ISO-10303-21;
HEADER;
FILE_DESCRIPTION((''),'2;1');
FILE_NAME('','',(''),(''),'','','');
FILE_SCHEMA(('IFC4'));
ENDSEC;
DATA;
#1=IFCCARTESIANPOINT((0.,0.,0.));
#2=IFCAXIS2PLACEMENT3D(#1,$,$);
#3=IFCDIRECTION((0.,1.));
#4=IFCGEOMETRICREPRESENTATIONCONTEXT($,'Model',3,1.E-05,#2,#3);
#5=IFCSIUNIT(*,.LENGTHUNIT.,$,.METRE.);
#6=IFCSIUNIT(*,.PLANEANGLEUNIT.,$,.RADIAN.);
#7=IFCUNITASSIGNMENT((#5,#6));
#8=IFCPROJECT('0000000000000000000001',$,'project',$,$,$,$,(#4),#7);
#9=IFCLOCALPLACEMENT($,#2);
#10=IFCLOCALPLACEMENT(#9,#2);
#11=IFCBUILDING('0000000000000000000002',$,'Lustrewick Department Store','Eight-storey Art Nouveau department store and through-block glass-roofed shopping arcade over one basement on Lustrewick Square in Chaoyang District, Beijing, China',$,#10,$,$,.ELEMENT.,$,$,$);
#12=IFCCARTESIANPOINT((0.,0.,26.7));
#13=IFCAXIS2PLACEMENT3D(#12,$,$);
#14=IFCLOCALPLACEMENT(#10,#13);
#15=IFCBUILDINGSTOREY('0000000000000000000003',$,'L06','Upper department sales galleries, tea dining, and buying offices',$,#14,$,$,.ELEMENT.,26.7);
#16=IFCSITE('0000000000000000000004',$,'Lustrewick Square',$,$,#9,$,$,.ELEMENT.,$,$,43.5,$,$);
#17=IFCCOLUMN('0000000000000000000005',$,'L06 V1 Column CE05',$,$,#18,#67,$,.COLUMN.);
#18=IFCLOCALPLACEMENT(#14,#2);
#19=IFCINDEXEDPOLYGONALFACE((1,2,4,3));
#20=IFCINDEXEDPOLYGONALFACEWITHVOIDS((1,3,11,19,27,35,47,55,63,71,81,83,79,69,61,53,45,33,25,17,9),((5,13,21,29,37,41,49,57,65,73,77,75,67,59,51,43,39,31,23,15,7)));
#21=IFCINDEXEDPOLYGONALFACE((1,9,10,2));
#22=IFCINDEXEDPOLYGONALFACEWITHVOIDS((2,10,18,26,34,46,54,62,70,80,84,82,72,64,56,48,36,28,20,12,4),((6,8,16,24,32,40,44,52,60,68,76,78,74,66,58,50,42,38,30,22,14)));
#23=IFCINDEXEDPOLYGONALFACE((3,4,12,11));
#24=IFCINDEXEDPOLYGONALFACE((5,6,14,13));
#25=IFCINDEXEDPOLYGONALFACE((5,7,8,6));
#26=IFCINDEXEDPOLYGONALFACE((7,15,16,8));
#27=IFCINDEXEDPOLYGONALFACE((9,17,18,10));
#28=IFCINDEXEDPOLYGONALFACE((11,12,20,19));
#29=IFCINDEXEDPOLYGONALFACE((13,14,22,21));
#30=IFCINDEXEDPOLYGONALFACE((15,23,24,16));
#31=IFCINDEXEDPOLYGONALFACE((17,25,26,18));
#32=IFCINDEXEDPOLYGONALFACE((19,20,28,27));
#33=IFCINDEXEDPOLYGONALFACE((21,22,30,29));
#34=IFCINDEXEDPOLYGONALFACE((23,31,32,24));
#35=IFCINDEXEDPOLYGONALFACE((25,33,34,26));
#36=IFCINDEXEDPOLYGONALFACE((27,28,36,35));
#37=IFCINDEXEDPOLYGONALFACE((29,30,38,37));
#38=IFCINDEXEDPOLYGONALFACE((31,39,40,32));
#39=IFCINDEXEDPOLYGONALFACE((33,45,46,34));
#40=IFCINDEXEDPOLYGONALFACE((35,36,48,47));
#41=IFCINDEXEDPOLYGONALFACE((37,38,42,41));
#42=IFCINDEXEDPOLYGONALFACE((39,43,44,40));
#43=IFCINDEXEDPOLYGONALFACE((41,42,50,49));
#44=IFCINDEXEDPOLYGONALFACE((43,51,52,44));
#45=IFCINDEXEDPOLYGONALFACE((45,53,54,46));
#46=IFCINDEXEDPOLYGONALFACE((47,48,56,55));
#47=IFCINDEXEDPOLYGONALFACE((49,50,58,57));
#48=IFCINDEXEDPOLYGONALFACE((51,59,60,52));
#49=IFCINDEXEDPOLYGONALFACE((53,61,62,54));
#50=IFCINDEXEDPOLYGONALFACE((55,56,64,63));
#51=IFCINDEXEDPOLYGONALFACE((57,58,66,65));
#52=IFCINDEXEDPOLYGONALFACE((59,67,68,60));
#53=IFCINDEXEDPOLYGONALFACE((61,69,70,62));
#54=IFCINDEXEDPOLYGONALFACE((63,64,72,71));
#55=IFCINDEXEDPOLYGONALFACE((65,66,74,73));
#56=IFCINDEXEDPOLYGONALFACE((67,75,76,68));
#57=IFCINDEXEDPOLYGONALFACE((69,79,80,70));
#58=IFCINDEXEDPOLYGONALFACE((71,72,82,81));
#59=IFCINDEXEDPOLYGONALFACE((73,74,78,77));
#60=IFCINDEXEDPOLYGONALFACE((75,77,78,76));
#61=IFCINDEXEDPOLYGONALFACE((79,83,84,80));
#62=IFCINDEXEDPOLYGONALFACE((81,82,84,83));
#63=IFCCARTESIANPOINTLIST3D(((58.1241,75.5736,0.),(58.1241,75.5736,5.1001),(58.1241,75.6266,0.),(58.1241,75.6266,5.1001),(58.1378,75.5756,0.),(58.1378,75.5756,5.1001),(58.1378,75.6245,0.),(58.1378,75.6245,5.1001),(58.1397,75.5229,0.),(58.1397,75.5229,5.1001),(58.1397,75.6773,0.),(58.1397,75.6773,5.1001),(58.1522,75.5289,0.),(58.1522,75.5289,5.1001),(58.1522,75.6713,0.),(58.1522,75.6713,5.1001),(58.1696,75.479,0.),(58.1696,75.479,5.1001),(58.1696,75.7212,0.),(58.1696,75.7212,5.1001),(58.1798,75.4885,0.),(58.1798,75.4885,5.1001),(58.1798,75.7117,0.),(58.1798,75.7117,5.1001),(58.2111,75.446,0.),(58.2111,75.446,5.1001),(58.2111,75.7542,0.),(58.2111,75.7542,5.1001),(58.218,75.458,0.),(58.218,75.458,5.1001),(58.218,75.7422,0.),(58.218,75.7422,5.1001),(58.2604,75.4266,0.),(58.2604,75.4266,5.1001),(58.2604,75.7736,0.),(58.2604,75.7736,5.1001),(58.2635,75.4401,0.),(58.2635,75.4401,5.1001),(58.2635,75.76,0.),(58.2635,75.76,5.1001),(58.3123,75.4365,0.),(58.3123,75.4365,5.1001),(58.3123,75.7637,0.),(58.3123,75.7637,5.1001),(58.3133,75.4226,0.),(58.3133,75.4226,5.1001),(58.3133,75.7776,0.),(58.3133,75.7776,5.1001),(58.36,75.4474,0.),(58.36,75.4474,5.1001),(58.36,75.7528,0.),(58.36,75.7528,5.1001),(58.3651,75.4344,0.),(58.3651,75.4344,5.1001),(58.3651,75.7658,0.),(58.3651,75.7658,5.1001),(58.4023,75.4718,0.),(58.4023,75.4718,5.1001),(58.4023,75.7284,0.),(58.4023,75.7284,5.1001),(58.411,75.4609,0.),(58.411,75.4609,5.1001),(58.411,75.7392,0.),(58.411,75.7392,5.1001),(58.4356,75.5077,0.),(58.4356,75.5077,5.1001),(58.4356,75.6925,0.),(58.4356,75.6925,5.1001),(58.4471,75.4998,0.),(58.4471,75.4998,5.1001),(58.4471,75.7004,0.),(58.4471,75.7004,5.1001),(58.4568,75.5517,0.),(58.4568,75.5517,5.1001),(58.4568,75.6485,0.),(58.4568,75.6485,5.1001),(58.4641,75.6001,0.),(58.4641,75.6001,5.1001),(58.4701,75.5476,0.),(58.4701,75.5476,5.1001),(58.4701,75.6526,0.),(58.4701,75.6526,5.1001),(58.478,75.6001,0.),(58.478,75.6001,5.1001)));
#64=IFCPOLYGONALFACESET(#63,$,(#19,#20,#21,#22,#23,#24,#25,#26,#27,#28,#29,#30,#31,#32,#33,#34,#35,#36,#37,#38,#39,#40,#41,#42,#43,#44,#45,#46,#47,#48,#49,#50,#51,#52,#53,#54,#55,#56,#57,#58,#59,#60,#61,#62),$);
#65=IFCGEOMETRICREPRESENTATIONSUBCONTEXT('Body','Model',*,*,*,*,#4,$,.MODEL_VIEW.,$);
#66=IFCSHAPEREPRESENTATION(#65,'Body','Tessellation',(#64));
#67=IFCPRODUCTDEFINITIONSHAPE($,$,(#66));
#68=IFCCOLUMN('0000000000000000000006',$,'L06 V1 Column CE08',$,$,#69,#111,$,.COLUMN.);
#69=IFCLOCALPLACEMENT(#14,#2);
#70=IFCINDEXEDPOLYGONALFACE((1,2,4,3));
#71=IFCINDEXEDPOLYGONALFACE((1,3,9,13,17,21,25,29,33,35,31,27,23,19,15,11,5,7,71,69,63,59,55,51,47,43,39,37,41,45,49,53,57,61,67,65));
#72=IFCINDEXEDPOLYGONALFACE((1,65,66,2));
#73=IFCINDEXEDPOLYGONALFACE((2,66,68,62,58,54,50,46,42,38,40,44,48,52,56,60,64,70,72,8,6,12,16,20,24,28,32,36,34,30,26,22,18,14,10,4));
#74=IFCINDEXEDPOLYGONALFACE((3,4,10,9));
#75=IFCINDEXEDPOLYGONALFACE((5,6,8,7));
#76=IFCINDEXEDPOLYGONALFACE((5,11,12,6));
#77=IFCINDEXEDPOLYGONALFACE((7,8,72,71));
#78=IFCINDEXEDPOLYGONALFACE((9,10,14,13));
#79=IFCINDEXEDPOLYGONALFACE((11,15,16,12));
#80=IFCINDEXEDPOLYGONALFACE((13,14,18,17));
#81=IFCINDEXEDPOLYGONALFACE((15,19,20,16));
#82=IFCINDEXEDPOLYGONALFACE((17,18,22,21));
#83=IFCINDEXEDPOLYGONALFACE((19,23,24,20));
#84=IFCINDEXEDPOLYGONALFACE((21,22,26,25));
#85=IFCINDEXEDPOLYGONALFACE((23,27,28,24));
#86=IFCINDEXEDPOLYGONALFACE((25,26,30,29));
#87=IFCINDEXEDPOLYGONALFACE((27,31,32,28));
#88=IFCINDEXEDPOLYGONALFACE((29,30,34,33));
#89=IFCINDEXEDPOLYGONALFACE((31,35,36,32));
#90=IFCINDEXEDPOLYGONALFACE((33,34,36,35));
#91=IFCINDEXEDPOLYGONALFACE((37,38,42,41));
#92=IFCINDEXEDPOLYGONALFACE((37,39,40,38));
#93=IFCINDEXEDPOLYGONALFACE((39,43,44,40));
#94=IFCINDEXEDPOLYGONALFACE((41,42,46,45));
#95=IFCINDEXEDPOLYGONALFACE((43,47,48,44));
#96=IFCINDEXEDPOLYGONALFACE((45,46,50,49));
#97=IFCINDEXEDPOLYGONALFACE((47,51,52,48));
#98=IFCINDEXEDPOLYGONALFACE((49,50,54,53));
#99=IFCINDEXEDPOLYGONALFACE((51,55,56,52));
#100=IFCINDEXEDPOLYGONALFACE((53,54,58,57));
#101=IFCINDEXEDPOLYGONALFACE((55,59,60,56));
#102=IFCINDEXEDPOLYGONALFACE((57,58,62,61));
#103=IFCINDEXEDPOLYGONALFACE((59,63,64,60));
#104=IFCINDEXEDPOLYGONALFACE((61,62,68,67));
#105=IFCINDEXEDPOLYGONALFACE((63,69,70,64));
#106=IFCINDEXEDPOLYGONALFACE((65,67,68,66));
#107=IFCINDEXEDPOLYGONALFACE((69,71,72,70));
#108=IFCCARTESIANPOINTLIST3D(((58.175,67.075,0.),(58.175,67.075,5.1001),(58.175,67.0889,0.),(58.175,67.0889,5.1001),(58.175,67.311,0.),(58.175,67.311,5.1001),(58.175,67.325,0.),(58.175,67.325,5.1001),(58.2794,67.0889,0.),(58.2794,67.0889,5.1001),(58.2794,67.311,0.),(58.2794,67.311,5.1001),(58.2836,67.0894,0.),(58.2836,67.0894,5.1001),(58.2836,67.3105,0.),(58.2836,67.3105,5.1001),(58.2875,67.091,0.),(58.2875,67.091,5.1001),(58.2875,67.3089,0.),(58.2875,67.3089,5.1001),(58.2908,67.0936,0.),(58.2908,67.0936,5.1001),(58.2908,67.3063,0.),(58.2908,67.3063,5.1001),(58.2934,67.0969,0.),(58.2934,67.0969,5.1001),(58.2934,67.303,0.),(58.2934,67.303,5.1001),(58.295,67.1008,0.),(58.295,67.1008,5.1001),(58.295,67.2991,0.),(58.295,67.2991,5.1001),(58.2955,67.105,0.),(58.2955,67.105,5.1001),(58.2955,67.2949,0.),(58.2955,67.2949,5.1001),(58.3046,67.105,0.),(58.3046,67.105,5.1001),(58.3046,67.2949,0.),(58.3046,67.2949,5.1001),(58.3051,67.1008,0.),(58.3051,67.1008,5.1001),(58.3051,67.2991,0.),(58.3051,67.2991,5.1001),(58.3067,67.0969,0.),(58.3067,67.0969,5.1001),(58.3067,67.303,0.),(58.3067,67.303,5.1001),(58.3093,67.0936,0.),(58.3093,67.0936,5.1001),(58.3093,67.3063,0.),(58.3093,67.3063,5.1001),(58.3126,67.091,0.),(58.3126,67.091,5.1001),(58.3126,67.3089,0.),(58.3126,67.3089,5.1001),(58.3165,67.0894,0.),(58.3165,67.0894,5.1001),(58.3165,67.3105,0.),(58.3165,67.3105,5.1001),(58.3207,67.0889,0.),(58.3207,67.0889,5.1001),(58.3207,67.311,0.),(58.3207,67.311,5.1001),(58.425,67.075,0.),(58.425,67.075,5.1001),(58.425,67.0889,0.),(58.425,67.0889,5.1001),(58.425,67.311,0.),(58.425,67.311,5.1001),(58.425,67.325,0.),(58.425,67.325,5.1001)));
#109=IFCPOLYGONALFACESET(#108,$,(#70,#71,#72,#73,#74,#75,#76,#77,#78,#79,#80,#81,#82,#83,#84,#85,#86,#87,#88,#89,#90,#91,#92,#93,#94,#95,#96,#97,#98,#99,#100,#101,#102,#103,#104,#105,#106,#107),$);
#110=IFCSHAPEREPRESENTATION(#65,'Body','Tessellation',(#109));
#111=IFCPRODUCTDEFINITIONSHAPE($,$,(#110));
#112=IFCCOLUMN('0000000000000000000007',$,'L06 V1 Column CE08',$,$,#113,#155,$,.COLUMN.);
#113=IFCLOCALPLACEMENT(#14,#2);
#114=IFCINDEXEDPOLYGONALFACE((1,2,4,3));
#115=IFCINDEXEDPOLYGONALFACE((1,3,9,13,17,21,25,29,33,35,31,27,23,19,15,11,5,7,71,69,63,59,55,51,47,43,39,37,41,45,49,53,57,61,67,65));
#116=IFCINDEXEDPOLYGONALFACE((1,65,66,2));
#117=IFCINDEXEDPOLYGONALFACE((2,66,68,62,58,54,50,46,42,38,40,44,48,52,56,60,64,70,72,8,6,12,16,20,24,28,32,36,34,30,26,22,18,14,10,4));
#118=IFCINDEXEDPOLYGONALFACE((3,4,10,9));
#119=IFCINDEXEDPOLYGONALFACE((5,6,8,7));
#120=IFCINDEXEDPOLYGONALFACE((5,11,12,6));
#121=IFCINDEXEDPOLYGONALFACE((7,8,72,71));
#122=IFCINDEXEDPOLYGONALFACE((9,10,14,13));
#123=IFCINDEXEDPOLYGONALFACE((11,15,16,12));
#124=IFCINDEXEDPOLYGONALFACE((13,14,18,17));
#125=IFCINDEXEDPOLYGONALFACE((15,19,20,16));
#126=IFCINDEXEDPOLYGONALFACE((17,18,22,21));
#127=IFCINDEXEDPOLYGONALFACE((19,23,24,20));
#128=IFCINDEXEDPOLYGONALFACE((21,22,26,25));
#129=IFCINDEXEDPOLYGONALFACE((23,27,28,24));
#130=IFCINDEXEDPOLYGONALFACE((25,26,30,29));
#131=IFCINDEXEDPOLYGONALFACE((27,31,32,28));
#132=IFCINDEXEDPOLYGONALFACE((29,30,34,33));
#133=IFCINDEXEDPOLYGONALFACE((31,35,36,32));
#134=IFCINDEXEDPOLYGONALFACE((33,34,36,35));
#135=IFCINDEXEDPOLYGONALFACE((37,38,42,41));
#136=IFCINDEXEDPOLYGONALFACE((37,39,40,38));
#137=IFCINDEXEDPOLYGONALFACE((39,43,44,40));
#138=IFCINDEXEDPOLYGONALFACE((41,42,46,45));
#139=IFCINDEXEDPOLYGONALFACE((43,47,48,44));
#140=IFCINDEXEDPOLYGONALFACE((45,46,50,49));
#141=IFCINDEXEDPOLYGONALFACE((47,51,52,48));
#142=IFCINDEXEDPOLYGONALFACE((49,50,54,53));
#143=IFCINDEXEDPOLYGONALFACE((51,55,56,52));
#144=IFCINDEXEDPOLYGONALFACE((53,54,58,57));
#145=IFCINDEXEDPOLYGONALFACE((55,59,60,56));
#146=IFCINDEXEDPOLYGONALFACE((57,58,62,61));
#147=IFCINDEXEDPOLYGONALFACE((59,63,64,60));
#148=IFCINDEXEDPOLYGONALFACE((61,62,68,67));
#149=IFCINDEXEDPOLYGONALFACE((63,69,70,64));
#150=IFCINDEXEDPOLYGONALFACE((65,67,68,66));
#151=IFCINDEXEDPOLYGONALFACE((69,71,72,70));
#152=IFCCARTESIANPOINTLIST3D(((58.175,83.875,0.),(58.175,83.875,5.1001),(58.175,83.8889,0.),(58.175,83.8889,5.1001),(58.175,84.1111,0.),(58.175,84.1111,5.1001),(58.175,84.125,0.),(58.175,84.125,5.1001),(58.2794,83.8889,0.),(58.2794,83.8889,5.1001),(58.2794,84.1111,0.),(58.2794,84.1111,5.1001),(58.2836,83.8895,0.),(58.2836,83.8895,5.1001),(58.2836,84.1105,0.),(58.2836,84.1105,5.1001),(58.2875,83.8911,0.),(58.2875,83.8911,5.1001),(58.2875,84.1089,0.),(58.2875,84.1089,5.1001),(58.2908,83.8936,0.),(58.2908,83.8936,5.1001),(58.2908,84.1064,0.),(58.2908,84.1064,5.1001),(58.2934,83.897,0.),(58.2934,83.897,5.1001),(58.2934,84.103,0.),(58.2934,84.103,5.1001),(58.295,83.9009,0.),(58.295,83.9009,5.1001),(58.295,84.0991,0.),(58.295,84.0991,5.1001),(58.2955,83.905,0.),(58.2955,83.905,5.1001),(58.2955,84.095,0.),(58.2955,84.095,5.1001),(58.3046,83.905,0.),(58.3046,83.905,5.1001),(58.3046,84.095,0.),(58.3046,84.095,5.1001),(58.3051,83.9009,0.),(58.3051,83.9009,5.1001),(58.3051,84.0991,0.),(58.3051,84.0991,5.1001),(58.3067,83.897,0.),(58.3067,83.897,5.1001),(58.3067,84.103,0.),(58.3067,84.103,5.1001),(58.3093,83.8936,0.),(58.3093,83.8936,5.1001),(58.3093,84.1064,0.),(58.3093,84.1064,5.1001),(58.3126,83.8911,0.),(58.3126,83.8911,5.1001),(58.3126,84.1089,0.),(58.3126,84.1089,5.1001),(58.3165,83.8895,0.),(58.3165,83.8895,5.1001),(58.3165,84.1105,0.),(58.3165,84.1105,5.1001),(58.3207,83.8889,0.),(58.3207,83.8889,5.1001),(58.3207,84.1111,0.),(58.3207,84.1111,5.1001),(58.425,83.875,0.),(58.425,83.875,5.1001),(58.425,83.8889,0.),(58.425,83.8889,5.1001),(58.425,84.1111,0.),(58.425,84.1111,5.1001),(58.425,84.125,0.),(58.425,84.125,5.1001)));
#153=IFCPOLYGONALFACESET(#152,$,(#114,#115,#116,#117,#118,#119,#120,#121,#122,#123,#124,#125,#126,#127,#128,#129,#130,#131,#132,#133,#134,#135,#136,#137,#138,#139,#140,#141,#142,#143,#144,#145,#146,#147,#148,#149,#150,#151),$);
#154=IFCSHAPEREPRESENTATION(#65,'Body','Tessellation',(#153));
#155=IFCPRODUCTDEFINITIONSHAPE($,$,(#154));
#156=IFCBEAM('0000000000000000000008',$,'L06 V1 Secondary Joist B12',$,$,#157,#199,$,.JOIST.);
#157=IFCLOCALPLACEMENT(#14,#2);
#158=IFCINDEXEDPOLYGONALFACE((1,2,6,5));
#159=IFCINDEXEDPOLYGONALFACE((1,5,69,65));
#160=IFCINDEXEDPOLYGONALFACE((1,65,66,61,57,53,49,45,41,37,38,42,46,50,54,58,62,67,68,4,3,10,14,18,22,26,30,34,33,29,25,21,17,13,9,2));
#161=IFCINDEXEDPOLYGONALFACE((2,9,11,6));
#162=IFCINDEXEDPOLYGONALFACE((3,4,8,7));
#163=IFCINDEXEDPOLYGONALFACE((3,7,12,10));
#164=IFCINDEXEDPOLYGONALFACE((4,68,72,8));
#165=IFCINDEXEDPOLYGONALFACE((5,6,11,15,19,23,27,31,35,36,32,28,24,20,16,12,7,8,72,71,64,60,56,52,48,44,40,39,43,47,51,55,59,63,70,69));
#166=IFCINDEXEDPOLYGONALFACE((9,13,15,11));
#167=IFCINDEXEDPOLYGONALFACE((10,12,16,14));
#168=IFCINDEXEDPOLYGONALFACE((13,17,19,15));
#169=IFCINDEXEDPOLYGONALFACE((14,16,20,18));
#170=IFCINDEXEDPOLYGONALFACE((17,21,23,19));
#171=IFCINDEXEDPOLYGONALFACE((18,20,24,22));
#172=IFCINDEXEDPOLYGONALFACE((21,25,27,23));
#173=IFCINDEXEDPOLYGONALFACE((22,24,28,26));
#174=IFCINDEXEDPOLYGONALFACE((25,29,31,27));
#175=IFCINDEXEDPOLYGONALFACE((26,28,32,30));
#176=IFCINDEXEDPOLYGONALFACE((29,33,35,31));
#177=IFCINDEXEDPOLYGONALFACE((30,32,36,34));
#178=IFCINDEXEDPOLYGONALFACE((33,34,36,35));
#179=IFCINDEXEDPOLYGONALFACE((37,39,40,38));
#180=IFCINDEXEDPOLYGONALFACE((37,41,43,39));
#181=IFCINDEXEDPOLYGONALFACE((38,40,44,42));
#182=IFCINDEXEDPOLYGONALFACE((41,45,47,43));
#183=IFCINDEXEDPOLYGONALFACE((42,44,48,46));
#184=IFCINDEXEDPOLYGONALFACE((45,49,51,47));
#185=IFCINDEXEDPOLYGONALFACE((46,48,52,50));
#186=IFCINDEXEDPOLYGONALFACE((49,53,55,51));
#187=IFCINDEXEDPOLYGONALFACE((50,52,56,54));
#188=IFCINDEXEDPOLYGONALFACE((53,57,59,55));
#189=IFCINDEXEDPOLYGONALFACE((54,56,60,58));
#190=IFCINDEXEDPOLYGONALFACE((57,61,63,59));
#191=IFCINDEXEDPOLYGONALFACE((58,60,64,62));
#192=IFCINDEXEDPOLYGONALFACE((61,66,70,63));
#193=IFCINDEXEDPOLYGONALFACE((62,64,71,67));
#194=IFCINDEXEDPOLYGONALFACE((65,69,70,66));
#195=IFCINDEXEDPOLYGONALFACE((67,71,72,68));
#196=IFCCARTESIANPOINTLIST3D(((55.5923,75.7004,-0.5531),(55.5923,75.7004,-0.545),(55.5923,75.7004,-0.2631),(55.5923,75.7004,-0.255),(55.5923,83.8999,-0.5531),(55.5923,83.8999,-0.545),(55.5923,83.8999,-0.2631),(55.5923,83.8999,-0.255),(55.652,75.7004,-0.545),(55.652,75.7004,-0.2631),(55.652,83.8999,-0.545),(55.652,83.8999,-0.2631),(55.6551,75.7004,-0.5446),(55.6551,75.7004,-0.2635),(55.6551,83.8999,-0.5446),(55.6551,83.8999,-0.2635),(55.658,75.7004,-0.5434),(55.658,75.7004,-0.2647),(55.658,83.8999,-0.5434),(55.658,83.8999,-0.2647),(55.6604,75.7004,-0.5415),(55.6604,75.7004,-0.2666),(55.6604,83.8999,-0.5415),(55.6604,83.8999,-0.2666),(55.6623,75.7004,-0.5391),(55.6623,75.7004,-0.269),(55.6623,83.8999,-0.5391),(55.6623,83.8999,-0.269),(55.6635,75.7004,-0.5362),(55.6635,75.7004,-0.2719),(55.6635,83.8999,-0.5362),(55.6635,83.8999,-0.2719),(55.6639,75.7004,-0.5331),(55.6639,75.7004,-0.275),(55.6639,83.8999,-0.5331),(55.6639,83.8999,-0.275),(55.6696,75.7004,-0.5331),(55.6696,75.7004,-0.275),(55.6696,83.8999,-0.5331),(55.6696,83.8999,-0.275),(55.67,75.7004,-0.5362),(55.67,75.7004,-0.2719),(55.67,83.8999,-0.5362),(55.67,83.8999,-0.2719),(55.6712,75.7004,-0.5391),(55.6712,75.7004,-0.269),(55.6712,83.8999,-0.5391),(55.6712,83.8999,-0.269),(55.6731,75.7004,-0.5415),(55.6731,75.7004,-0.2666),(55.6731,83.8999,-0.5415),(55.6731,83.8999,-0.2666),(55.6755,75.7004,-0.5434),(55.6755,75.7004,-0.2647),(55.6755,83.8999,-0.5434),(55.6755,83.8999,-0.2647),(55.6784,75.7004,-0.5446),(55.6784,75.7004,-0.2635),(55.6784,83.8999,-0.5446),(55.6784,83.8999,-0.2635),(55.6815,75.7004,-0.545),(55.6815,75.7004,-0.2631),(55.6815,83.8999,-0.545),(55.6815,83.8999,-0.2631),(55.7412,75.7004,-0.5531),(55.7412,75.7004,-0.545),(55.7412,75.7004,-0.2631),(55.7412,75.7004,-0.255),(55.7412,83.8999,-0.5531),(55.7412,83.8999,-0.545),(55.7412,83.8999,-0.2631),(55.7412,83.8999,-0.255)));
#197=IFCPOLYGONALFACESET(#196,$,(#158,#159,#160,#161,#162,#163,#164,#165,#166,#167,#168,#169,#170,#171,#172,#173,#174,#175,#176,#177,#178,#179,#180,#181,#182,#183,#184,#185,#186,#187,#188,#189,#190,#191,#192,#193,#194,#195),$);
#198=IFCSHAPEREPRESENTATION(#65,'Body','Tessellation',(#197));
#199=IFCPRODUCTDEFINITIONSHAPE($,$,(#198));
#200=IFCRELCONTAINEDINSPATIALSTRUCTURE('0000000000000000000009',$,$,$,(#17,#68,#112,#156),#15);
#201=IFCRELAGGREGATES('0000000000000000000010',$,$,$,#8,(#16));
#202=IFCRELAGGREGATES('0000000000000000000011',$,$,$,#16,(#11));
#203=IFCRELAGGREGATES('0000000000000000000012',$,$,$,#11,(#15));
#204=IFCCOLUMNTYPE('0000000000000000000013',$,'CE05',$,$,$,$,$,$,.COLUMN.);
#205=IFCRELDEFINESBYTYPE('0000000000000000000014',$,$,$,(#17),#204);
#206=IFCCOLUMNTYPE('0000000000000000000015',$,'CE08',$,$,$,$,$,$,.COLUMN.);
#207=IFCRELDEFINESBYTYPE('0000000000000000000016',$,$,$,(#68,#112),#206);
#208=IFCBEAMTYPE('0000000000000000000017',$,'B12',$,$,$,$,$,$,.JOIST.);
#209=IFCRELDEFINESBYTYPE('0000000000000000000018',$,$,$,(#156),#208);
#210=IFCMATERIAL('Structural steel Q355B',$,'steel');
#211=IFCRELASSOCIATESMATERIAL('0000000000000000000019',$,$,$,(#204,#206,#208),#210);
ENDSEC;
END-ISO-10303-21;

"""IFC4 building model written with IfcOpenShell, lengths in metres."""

from ifc_helpers import new_model, si_unit, direction, frame, origin, origin_2d, place, context, subcontext, project, spatial, hollow_circle, i_section, extrude, material, material_profile, profile_set, type_object, element, save


model = new_model("IFC4")

# Units and contexts
model_context = context("Model", 3, precision=1e-05, world=origin(), true_north=direction((0.0, 1.0)))
body_context = subcontext(model_context, "Body", "Model", "MODEL_VIEW")
ifc_project = project(units=[si_unit("LENGTHUNIT", "METRE"), si_unit("PLANEANGLEUNIT", "RADIAN")], contexts=[model_context])

# Site, building, storey
site_placement = place(None, origin())
site = spatial("IfcSite", under=ifc_project, at=site_placement, Name="Lustrewick Square", CompositionType="ELEMENT", RefElevation=43.5)
building_placement = place(site_placement, origin())
building = spatial("IfcBuilding", under=site, at=building_placement, Name="Lustrewick Department Store", Description="Eight-storey Art Nouveau department store and through-block glass-roofed shopping arcade over one basement on Lustrewick Square in Chaoyang District, Beijing, China", CompositionType="ELEMENT")
storey_placement = place(building_placement, frame((0.0, 0.0, 26.7)))
storey = spatial("IfcBuildingStorey", under=building, at=storey_placement, Name="L06", Description="Upper department sales galleries, tea dining, and buying offices", CompositionType="ELEMENT", Elevation=26.7)

# Columns
ifc_material_1 = material(Name="Structural steel Q355B", Category="steel")
ifc_material_profile_1 = material_profile(ifc_material_1, hollow_circle(Radius=0.178, WallThickness=0.0139, at=origin_2d()), Name="CHS 356x14")
ifc_profile_set_1 = profile_set([ifc_material_profile_1], Name="Structural steel Q355B")
column_type_1 = type_object("IfcColumnType", Name="CE05", PredefinedType="COLUMN", material=ifc_profile_set_1)
column_placement = place(storey_placement, frame((58.3, 75.6001, 0.0), z_axis=(0.0, 0.0, 1.0), x_axis=(1.0, 0.0, 0.0)))
element("IfcColumn", 1, at=column_placement, inside=storey, type_object=column_type_1, Name="L06 V1 Column CE05", PredefinedType="COLUMN", context=body_context, shape_type="SweptSolid", body=[
    extrude(hollow_circle(Radius=0.178, WallThickness=0.0139, at=origin_2d()), origin(), (0.0, 0.0, 1.0), 5.1001),
])
ifc_material_profile_2 = material_profile(ifc_material_1, i_section(OverallWidth=0.25, OverallDepth=0.25, WebThickness=0.009, FlangeThickness=0.0139, FilletRadius=0.0161, at=origin_2d()), Name="HW 250x250x9x14")
ifc_profile_set_2 = profile_set([ifc_material_profile_2], Name="Structural steel Q355B")
column_type_2 = type_object("IfcColumnType", Name="CE08", PredefinedType="COLUMN", material=ifc_profile_set_2)
for number, where, z_axis, x_axis, name in (
    (2, (58.3, 67.2, 0.0), (0.0, 0.0, 1.0), (1.0, 0.0, 0.0), "L06 V1 Column CE08"),
    (3, (58.3, 84.0, 0.0), (0.0, 0.0, 1.0), (1.0, 0.0, 0.0), "L06 V1 Column CE08"),
):
    element("IfcColumn", number, at=place(storey_placement, frame(where, z_axis=z_axis, x_axis=x_axis)), inside=storey, type_object=column_type_2, Name=name, PredefinedType="COLUMN", context=body_context, shape_type="SweptSolid", body=[
        extrude(i_section(OverallWidth=0.25, OverallDepth=0.25, WebThickness=0.009, FlangeThickness=0.0139, FilletRadius=0.0161, at=origin_2d()), origin(), (0.0, 0.0, 1.0), 5.1001),
    ])

# Beam
ifc_material_profile_3 = material_profile(ifc_material_1, i_section(OverallWidth=0.1489, OverallDepth=0.2981, WebThickness=0.0056, FlangeThickness=0.0081, FilletRadius=0.012, at=origin_2d()), Name="HN 298x149x5.5x8")
ifc_profile_set_3 = profile_set([ifc_material_profile_3], Name="Structural steel Q355B")
beam_type_1 = type_object("IfcBeamType", Name="B12", PredefinedType="JOIST", material=ifc_profile_set_3)
beam_1_placement = place(storey_placement, frame((55.6667, 75.7004, -0.4041), z_axis=(0.0, 1.0, 0.0), x_axis=(-1.0, 0.0, 0.0)))
element("IfcBeam", 4, at=beam_1_placement, inside=storey, type_object=beam_type_1, Name="L06 V1 Secondary Joist B12", PredefinedType="JOIST", context=body_context, shape_type="SweptSolid", body=[
    extrude(i_section(OverallWidth=0.1489, OverallDepth=0.2981, WebThickness=0.0056, FlangeThickness=0.0081, FilletRadius=0.012, at=origin_2d()), origin(), (0.0, 0.0, 1.0), 8.1995),
])

save(model, "model.ifc")
